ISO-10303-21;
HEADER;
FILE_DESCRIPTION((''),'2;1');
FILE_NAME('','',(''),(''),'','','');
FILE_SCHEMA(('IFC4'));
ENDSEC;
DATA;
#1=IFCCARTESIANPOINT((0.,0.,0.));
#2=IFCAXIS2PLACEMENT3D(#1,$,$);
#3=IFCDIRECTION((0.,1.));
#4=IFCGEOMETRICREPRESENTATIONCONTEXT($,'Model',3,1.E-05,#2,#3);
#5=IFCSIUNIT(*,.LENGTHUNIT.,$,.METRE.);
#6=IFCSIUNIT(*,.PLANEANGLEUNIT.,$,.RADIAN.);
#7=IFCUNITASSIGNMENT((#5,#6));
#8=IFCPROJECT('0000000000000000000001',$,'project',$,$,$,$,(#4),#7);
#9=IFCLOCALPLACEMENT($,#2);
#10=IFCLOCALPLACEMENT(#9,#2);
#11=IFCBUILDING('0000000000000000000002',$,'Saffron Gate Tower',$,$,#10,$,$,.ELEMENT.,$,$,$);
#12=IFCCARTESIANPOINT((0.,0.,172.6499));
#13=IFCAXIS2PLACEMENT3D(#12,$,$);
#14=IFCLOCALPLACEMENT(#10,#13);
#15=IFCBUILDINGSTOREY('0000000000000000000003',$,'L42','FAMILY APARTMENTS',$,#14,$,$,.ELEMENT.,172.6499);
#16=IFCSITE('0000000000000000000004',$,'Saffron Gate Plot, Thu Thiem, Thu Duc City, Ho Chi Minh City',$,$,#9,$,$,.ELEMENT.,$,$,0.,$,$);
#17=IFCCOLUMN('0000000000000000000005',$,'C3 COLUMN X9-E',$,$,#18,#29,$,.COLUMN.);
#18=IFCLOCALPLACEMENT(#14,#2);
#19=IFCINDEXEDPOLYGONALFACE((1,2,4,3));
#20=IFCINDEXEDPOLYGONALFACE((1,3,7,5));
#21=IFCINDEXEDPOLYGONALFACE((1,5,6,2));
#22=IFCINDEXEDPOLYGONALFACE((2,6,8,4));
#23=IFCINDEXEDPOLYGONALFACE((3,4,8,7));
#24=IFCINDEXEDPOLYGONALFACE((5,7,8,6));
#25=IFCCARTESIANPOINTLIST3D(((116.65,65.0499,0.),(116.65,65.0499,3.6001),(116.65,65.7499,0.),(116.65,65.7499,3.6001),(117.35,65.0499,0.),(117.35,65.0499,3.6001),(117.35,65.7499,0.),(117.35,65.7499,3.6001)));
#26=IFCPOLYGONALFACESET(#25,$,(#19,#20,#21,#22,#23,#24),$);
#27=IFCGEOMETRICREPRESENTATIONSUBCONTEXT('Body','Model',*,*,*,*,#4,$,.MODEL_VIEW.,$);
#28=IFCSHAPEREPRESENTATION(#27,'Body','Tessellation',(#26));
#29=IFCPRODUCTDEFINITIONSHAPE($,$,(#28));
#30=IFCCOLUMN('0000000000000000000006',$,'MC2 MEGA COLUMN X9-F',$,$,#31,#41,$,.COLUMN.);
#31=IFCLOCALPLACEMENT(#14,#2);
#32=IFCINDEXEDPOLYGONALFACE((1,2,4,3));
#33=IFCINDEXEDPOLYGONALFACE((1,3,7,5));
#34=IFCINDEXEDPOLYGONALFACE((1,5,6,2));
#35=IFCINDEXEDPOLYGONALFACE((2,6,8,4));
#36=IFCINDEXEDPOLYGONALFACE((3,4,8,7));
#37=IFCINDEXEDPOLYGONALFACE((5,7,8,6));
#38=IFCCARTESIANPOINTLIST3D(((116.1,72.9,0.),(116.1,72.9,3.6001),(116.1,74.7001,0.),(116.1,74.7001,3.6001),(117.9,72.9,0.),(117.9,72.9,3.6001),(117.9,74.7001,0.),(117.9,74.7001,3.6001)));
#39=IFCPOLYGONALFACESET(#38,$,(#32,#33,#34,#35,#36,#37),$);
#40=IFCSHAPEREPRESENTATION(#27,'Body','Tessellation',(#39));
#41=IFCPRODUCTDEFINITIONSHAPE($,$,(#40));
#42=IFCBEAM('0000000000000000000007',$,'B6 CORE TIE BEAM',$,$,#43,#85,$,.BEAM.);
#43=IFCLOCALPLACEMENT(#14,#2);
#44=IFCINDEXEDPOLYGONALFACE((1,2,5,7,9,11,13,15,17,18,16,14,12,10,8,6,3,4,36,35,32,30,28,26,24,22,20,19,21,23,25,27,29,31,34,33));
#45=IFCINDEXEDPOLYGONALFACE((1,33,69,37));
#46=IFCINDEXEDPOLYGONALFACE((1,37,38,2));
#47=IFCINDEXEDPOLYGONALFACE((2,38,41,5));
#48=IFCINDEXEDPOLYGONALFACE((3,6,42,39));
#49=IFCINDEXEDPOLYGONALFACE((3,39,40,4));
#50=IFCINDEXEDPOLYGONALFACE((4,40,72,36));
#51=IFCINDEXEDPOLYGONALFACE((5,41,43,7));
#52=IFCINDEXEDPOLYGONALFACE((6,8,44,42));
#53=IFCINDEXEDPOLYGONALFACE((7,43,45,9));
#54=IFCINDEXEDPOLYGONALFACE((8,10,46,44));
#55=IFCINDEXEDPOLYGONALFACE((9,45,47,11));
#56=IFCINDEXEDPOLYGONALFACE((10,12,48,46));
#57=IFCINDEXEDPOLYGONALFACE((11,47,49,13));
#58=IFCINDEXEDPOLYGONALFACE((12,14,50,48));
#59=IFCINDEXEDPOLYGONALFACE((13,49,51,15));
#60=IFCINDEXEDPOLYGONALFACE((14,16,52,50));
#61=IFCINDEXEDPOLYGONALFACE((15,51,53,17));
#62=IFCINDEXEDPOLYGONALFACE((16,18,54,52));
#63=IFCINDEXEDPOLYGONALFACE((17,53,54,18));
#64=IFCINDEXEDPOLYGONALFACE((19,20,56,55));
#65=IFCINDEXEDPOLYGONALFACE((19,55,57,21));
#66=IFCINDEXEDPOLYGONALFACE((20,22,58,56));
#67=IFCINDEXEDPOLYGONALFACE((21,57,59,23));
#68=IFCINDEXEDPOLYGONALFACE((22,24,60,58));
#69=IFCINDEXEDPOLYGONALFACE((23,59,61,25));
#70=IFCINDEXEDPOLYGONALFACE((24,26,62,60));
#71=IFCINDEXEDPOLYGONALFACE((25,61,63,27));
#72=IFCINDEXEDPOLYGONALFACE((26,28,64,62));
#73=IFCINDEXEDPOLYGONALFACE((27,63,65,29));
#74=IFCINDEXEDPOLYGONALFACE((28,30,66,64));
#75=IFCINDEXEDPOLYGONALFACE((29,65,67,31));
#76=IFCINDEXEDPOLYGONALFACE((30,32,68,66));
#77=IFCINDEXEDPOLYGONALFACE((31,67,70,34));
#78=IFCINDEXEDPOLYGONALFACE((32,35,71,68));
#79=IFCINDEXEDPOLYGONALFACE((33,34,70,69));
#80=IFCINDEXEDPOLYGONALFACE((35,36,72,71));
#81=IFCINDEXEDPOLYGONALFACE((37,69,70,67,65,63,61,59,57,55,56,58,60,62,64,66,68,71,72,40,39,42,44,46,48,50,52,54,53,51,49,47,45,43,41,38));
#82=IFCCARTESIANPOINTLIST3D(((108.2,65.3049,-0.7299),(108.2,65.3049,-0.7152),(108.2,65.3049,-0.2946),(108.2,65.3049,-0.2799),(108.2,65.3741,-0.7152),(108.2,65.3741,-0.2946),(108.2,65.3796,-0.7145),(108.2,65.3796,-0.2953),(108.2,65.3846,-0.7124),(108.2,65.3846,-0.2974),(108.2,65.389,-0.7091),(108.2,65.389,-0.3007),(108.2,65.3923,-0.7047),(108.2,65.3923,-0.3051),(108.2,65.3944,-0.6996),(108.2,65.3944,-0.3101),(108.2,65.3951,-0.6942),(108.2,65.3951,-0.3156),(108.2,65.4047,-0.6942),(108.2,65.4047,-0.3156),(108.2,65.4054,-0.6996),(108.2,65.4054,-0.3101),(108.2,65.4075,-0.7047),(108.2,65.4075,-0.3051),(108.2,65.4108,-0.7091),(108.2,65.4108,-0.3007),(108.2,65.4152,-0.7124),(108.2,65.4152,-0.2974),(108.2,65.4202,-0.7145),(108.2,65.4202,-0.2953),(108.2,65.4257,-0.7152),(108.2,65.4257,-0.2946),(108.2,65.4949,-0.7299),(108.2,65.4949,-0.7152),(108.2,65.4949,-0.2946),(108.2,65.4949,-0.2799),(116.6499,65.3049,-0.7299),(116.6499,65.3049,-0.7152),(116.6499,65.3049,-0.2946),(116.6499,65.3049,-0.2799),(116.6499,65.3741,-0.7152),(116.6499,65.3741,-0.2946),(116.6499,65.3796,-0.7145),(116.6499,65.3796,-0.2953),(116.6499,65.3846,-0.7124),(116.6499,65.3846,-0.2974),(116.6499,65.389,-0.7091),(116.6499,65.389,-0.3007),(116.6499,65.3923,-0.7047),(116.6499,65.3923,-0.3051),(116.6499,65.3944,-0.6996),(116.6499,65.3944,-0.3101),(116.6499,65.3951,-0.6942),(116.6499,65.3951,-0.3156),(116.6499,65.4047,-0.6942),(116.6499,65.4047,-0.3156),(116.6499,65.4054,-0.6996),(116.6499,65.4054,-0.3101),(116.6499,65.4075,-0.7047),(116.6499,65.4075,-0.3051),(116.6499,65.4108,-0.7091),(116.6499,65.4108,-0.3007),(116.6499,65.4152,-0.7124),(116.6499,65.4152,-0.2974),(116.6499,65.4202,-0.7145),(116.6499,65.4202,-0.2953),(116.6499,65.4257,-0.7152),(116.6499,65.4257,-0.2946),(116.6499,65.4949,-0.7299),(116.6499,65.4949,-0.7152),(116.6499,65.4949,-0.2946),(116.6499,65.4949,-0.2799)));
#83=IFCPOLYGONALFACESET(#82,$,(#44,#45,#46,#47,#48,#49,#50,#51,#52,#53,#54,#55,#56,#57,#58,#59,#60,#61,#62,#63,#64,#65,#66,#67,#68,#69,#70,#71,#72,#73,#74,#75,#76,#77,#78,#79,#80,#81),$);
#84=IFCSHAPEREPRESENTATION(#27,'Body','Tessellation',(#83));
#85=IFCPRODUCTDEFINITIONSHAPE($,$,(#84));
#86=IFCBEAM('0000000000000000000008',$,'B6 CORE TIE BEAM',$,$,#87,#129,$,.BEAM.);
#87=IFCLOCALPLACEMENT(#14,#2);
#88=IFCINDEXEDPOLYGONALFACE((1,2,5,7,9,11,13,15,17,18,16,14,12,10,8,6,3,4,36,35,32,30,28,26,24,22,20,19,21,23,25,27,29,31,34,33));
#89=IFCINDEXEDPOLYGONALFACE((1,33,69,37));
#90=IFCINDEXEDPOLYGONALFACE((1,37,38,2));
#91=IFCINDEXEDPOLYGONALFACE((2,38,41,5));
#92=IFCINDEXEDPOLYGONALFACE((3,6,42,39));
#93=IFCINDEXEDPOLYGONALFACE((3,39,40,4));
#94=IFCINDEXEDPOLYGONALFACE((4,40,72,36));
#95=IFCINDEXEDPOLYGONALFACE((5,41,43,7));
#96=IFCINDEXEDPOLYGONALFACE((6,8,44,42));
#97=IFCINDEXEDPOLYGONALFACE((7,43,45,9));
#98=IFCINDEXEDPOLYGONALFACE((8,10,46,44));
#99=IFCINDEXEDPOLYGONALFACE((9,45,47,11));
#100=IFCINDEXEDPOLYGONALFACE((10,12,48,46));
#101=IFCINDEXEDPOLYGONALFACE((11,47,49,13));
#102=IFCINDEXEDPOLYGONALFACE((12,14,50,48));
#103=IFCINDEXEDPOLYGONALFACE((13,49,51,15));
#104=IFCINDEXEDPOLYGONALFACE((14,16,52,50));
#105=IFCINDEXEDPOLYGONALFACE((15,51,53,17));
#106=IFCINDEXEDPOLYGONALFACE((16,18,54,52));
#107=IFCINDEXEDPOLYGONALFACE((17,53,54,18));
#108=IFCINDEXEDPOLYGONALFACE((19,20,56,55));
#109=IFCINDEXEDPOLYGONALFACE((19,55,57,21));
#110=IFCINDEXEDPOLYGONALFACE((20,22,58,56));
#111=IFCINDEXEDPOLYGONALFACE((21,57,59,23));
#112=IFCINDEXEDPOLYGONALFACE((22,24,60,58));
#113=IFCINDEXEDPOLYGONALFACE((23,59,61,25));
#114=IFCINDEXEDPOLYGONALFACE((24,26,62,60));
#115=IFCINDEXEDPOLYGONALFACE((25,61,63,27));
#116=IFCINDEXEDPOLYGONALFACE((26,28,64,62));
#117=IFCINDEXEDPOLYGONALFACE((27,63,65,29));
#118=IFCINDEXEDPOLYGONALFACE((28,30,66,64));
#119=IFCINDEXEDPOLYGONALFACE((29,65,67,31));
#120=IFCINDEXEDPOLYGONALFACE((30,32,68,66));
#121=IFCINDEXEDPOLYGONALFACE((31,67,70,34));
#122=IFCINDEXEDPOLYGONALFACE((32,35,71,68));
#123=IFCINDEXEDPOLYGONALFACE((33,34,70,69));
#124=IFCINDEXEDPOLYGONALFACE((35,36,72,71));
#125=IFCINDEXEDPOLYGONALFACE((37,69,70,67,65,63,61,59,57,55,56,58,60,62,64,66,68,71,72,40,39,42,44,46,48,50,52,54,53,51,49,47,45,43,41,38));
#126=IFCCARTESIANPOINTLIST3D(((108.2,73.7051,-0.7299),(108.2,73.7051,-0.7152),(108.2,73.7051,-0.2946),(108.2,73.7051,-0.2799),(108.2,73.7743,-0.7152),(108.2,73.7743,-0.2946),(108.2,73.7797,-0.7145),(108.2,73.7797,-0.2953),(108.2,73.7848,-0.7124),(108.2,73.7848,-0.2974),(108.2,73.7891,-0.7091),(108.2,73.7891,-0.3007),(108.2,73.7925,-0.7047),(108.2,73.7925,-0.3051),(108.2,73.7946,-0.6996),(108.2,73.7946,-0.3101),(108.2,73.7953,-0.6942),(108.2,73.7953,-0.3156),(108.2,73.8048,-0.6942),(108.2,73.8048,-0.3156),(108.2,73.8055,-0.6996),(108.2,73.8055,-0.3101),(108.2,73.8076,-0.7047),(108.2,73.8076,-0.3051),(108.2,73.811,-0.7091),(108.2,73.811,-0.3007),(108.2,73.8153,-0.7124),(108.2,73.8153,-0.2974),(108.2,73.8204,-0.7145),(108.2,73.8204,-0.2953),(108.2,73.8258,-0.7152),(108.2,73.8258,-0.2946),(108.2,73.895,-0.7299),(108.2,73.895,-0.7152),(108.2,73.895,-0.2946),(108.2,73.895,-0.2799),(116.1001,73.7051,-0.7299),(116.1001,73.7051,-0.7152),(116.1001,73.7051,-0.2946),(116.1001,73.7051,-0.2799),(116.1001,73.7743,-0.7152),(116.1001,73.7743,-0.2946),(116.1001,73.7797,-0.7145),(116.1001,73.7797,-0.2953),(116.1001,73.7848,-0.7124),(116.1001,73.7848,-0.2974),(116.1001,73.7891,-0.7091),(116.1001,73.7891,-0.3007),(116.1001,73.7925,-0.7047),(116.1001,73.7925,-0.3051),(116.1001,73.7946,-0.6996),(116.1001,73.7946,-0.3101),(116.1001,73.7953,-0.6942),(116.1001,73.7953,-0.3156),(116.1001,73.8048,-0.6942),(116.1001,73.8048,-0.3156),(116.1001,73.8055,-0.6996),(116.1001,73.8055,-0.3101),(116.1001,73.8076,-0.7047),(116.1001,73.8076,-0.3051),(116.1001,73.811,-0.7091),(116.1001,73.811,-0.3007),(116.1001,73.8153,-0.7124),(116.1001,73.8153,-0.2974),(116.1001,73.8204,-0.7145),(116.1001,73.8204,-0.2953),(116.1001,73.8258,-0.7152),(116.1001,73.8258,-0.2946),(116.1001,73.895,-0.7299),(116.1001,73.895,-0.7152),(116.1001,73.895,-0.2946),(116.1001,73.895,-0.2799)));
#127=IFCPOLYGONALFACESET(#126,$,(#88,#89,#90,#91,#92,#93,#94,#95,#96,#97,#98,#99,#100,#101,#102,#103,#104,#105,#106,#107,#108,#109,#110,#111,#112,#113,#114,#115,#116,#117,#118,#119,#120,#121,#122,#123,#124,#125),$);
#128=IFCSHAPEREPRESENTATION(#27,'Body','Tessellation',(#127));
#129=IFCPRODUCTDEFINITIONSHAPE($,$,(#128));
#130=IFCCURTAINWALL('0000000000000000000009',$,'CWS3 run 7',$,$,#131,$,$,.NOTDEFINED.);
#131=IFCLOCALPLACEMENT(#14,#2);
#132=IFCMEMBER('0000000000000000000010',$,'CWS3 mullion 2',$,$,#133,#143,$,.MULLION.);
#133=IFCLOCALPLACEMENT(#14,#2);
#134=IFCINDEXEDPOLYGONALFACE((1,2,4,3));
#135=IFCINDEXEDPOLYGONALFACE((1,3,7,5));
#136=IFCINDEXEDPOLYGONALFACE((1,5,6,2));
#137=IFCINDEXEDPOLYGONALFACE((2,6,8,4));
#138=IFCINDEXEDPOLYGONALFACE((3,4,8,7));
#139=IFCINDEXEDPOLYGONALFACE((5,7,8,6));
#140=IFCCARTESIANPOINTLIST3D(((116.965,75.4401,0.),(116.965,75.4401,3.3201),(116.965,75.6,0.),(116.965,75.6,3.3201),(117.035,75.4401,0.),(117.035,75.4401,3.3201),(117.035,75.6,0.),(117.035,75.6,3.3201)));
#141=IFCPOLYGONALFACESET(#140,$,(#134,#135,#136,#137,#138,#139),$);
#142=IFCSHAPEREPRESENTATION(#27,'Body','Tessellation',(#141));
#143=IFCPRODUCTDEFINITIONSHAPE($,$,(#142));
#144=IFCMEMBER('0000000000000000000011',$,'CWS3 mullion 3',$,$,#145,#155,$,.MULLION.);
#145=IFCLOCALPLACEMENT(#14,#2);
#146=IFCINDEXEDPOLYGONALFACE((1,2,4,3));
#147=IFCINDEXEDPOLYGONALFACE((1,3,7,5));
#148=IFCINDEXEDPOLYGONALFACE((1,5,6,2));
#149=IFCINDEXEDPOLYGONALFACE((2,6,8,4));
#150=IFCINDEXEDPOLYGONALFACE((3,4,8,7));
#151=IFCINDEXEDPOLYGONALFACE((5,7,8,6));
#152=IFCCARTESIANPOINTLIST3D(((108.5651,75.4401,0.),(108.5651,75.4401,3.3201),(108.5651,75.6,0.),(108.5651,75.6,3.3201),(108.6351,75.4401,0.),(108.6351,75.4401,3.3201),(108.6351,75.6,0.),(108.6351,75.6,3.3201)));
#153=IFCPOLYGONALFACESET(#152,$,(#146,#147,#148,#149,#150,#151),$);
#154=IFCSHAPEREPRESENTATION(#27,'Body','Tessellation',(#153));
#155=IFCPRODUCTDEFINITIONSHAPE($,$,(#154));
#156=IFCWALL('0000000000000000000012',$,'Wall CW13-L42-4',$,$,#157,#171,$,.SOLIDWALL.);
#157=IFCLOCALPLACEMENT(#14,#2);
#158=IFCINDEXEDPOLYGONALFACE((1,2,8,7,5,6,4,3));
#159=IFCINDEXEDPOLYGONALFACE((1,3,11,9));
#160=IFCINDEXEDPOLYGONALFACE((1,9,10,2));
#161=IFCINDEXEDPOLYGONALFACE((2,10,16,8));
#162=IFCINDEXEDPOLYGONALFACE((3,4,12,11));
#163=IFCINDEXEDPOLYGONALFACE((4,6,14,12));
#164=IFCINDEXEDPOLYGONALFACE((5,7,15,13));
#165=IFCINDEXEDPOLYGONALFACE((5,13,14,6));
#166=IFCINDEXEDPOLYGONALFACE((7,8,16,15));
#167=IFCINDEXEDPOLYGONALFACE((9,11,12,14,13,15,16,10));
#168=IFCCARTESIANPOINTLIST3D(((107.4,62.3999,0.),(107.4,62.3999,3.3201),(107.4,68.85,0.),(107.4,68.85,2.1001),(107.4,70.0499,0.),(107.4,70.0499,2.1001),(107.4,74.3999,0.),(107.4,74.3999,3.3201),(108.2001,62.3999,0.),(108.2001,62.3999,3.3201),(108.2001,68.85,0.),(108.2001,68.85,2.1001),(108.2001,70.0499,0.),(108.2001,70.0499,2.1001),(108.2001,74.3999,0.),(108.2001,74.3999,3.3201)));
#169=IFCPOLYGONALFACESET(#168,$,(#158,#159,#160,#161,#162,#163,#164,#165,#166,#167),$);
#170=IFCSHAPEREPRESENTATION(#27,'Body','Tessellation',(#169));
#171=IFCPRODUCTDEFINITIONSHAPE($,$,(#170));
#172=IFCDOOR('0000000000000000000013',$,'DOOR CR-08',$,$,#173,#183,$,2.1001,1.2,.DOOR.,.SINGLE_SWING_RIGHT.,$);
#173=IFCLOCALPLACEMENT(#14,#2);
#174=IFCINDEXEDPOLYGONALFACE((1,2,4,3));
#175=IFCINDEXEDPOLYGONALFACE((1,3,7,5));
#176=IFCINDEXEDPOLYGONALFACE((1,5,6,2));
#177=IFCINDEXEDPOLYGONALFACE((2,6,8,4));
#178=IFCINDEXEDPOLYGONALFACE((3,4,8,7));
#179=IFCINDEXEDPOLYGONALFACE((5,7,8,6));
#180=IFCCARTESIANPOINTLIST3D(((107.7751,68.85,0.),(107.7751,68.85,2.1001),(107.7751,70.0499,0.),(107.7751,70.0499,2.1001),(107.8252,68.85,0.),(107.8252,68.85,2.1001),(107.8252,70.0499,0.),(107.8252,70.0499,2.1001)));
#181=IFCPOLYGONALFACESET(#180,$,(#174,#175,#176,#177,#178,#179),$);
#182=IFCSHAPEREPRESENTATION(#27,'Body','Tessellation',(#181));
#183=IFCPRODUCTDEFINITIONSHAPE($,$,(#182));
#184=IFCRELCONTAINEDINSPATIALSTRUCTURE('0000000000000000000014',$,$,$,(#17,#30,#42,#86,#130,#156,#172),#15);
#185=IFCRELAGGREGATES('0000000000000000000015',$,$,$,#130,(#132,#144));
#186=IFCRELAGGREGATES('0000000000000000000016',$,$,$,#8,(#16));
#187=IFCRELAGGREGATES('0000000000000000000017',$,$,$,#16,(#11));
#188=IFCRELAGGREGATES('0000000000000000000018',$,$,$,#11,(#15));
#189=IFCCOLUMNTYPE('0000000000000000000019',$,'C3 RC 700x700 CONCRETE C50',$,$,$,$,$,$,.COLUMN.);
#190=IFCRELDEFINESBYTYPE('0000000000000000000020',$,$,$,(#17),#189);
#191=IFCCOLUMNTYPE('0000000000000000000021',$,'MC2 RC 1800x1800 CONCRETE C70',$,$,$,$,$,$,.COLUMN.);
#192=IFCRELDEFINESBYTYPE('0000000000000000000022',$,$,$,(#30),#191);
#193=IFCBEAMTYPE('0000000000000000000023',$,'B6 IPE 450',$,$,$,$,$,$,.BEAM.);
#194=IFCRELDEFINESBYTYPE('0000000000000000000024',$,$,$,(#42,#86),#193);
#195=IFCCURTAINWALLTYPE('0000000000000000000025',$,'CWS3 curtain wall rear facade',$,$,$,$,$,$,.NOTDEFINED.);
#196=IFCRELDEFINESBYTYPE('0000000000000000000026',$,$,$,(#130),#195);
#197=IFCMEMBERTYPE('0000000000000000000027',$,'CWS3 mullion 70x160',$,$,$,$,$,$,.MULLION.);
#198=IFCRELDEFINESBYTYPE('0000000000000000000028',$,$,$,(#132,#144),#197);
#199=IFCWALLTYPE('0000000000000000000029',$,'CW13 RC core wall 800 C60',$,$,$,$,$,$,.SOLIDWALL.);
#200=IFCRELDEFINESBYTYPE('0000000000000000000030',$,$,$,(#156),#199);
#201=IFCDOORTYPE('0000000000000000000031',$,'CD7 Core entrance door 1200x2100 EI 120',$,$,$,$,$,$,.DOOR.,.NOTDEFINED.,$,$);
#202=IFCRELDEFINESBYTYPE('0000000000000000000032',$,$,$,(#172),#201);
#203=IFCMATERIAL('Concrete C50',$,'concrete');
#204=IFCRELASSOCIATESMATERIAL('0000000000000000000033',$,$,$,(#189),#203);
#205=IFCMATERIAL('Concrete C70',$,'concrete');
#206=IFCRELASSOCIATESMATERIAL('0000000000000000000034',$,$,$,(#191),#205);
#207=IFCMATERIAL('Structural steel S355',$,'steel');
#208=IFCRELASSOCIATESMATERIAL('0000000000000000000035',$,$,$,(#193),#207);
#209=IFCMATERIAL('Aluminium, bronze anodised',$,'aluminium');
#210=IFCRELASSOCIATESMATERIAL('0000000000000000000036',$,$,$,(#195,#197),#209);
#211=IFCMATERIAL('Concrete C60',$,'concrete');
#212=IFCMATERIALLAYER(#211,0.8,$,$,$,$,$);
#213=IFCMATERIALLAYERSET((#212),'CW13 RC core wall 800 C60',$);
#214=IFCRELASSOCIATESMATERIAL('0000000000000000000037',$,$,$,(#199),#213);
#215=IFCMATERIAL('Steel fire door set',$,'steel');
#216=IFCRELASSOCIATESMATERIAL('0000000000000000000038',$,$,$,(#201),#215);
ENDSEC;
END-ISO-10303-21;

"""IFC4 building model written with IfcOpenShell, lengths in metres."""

from ifc_helpers import new_model, si_unit, direction, frame, frame_2d, origin, origin_2d, place, context, subcontext, project, spatial, rectangle, i_section, extrude, material, layer, layer_set, material_profile, profile_set, type_object, element, fill, aggregate, save


model = new_model("IFC4")

# Units and contexts
model_context = context("Model", 3, precision=1e-05, world=origin(), true_north=direction((0.0, 1.0)))
body_context = subcontext(model_context, "Body", "Model", "MODEL_VIEW")
ifc_project = project(units=[si_unit("LENGTHUNIT", "METRE"), si_unit("PLANEANGLEUNIT", "RADIAN")], contexts=[model_context])

# Site, building, storey
site_placement = place(None, origin())
site = spatial("IfcSite", under=ifc_project, at=site_placement, Name="Saffron Gate Plot, Thu Thiem, Thu Duc City, Ho Chi Minh City", CompositionType="ELEMENT", RefElevation=0.0)
building_placement = place(site_placement, origin())
building = spatial("IfcBuilding", under=site, at=building_placement, Name="Saffron Gate Tower", CompositionType="ELEMENT")
storey_placement = place(building_placement, frame((0.0, 0.0, 172.6499)))
storey = spatial("IfcBuildingStorey", under=building, at=storey_placement, Name="L42", Description="FAMILY APARTMENTS", CompositionType="ELEMENT", Elevation=172.6499)

# Columns
ifc_material_1 = material(Name="Concrete C50", Category="concrete")
ifc_material_profile_1 = material_profile(ifc_material_1, rectangle(XDim=0.7, YDim=0.7, at=origin_2d()))
ifc_profile_set_1 = profile_set([ifc_material_profile_1], Name="Concrete C50")
column_type_1 = type_object("IfcColumnType", Name="C3 RC 700x700 CONCRETE C50", PredefinedType="COLUMN", material=ifc_profile_set_1)
column_1_placement = place(storey_placement, frame((117.0, 65.3999, 0.0), z_axis=(0.0, 0.0, 1.0), x_axis=(1.0, 0.0, 0.0)))
element("IfcColumn", 1, at=column_1_placement, inside=storey, type_object=column_type_1, Name="C3 COLUMN X9-E", PredefinedType="COLUMN", context=body_context, shape_type="SweptSolid", body=[
    extrude(rectangle(XDim=0.7, YDim=0.7, at=origin_2d()), origin(), (0.0, 0.0, 1.0), 3.6001),
])
ifc_material_2 = material(Name="Concrete C70", Category="concrete")
ifc_material_profile_2 = material_profile(ifc_material_2, rectangle(XDim=1.8, YDim=1.8, at=origin_2d()))
ifc_profile_set_2 = profile_set([ifc_material_profile_2], Name="Concrete C70")
column_type_2 = type_object("IfcColumnType", Name="MC2 RC 1800x1800 CONCRETE C70", PredefinedType="COLUMN", material=ifc_profile_set_2)
column_2_placement = place(storey_placement, frame((117.0, 73.8, 0.0), z_axis=(0.0, 0.0, 1.0), x_axis=(1.0, 0.0, 0.0)))
element("IfcColumn", 2, at=column_2_placement, inside=storey, type_object=column_type_2, Name="MC2 MEGA COLUMN X9-F", PredefinedType="COLUMN", context=body_context, shape_type="SweptSolid", body=[
    extrude(rectangle(XDim=1.8, YDim=1.8, at=origin_2d()), origin(), (0.0, 0.0, 1.0), 3.6001),
])

# Beams
ifc_material_3 = material(Name="Structural steel S355", Category="steel")
ifc_material_profile_3 = material_profile(ifc_material_3, i_section(OverallWidth=0.1899, OverallDepth=0.45, WebThickness=0.0095, FlangeThickness=0.0146, FilletRadius=0.021, at=origin_2d()))
ifc_profile_set_3 = profile_set([ifc_material_profile_3], Name="Structural steel S355")
beam_type = type_object("IfcBeamType", Name="B6 IPE 450", PredefinedType="BEAM", material=ifc_profile_set_3)
beam_1_placement = place(storey_placement, frame((116.6499, 65.3999, -0.5049), z_axis=(-1.0, 0.0, 0.0), x_axis=(0.0, -1.0, 0.0)))
element("IfcBeam", 3, at=beam_1_placement, inside=storey, type_object=beam_type, Name="B6 CORE TIE BEAM", PredefinedType="BEAM", context=body_context, shape_type="SweptSolid", body=[
    extrude(i_section(OverallWidth=0.1899, OverallDepth=0.45, WebThickness=0.0095, FlangeThickness=0.0146, FilletRadius=0.021, at=origin_2d()), origin(), (0.0, 0.0, 1.0), 8.45),
])
beam_2_placement = place(storey_placement, frame((116.1001, 73.8, -0.5049), z_axis=(-1.0, 0.0, 0.0), x_axis=(0.0, -1.0, 0.0)))
element("IfcBeam", 4, at=beam_2_placement, inside=storey, type_object=beam_type, Name="B6 CORE TIE BEAM", PredefinedType="BEAM", context=body_context, shape_type="SweptSolid", body=[
    extrude(i_section(OverallWidth=0.1899, OverallDepth=0.45, WebThickness=0.0095, FlangeThickness=0.0146, FilletRadius=0.021, at=origin_2d()), origin(), (0.0, 0.0, 1.0), 7.9001),
])

# Curtain wall, members
ifc_material_4 = material(Name="Aluminium, bronze anodised", Category="aluminium")
curtain_wall_type = type_object("IfcCurtainWallType", Name="CWS3 curtain wall rear facade", PredefinedType="NOTDEFINED", material=ifc_material_4)
curtain_wall_placement = place(storey_placement, origin())
curtain_wall = element("IfcCurtainWall", 5, at=curtain_wall_placement, inside=storey, type_object=curtain_wall_type, Name="CWS3 run 7", PredefinedType="NOTDEFINED")
ifc_material_profile_4 = material_profile(ifc_material_4, rectangle(XDim=0.1599, YDim=0.0701, at=origin_2d()))
ifc_profile_set_4 = profile_set([ifc_material_profile_4], Name="Aluminium, bronze anodised")
member_type = type_object("IfcMemberType", Name="CWS3 mullion 70x160", PredefinedType="MULLION", material=ifc_profile_set_4)
member_1_placement = place(storey_placement, frame((117.0, 75.52, 0.0), z_axis=(0.0, 0.0, 1.0), x_axis=(0.0, -1.0, 0.0)))
member_1 = element("IfcMember", 6, at=member_1_placement, type_object=member_type, Name="CWS3 mullion 2", PredefinedType="MULLION", context=body_context, shape_type="SweptSolid", body=[
    extrude(rectangle(XDim=0.1599, YDim=0.0701, at=origin_2d()), origin(), (0.0, 0.0, 1.0), 3.3201),
])
member_2_placement = place(storey_placement, frame((108.6001, 75.52, 0.0), z_axis=(0.0, 0.0, 1.0), x_axis=(0.0, -1.0, 0.0)))
member_2 = element("IfcMember", 7, at=member_2_placement, type_object=member_type, Name="CWS3 mullion 3", PredefinedType="MULLION", context=body_context, shape_type="SweptSolid", body=[
    extrude(rectangle(XDim=0.1599, YDim=0.0701, at=origin_2d()), origin(), (0.0, 0.0, 1.0), 3.3201),
])
aggregate(curtain_wall, [member_1, member_2])

# Wall, opening, door
ifc_material_5 = material(Name="Concrete C60", Category="concrete")
ifc_layer_1 = layer(ifc_material_5, 0.8)
ifc_layer_set_1 = layer_set([ifc_layer_1], Name="CW13 RC core wall 800 C60")
wall_type_1 = type_object("IfcWallType", Name="CW13 RC core wall 800 C60", PredefinedType="SOLIDWALL", material=ifc_layer_set_1)
wall_1_placement = place(storey_placement, frame((107.8, 62.3999, 0.0), z_axis=(0.0, 0.0, 1.0), x_axis=(0.0, 1.0, 0.0)))
wall_1 = element("IfcWall", 8, at=wall_1_placement, inside=storey, type_object=wall_type_1, Name="Wall CW13-L42-4", PredefinedType="SOLIDWALL", context=body_context, shape_type="SweptSolid", body=[
    extrude(rectangle(XDim=12.0, YDim=0.8, at=frame_2d((6.0, 0.0))), origin(), (0.0, 0.0, 1.0), 3.3201),
])
opening_1_placement = place(wall_1_placement, frame((6.45, 0.0, 0.0)))
opening_1 = element("IfcOpeningElement", 9, at=opening_1_placement, cuts=wall_1, PredefinedType="OPENING", context=body_context, shape_type="SweptSolid", body=[
    extrude(rectangle(XDim=1.2, YDim=2.1001, at=frame_2d((0.6001, 1.05))), frame((0.0, 0.4102, 0.0), z_axis=(0.0, -1.0, 0.0), x_axis=(1.0, 0.0, 0.0)), (0.0, 0.0, 1.0), 0.8201),
])
ifc_material_6 = material(Name="Steel fire door set", Category="steel")
door_type_1 = type_object("IfcDoorType", Name="CD7 Core entrance door 1200x2100 EI 120", OperationType="NOTDEFINED", PredefinedType="DOOR", material=ifc_material_6)
door_1_placement = place(opening_1_placement, origin())
door_1 = element("IfcDoor", 10, at=door_1_placement, inside=storey, type_object=door_type_1, Name="DOOR CR-08", OperationType="SINGLE_SWING_RIGHT", OverallHeight=2.1001, OverallWidth=1.2, PredefinedType="DOOR", context=body_context, shape_type="SweptSolid", body=[
    extrude(rectangle(XDim=1.2, YDim=2.1001, at=frame_2d((0.6001, 1.05))), frame((0.0, 0.0249, 0.0), z_axis=(0.0, -1.0, 0.0), x_axis=(1.0, 0.0, 0.0)), (0.0, 0.0, 1.0), 0.05),
])
fill(opening_1, door_1)

save(model, "model.ifc")
